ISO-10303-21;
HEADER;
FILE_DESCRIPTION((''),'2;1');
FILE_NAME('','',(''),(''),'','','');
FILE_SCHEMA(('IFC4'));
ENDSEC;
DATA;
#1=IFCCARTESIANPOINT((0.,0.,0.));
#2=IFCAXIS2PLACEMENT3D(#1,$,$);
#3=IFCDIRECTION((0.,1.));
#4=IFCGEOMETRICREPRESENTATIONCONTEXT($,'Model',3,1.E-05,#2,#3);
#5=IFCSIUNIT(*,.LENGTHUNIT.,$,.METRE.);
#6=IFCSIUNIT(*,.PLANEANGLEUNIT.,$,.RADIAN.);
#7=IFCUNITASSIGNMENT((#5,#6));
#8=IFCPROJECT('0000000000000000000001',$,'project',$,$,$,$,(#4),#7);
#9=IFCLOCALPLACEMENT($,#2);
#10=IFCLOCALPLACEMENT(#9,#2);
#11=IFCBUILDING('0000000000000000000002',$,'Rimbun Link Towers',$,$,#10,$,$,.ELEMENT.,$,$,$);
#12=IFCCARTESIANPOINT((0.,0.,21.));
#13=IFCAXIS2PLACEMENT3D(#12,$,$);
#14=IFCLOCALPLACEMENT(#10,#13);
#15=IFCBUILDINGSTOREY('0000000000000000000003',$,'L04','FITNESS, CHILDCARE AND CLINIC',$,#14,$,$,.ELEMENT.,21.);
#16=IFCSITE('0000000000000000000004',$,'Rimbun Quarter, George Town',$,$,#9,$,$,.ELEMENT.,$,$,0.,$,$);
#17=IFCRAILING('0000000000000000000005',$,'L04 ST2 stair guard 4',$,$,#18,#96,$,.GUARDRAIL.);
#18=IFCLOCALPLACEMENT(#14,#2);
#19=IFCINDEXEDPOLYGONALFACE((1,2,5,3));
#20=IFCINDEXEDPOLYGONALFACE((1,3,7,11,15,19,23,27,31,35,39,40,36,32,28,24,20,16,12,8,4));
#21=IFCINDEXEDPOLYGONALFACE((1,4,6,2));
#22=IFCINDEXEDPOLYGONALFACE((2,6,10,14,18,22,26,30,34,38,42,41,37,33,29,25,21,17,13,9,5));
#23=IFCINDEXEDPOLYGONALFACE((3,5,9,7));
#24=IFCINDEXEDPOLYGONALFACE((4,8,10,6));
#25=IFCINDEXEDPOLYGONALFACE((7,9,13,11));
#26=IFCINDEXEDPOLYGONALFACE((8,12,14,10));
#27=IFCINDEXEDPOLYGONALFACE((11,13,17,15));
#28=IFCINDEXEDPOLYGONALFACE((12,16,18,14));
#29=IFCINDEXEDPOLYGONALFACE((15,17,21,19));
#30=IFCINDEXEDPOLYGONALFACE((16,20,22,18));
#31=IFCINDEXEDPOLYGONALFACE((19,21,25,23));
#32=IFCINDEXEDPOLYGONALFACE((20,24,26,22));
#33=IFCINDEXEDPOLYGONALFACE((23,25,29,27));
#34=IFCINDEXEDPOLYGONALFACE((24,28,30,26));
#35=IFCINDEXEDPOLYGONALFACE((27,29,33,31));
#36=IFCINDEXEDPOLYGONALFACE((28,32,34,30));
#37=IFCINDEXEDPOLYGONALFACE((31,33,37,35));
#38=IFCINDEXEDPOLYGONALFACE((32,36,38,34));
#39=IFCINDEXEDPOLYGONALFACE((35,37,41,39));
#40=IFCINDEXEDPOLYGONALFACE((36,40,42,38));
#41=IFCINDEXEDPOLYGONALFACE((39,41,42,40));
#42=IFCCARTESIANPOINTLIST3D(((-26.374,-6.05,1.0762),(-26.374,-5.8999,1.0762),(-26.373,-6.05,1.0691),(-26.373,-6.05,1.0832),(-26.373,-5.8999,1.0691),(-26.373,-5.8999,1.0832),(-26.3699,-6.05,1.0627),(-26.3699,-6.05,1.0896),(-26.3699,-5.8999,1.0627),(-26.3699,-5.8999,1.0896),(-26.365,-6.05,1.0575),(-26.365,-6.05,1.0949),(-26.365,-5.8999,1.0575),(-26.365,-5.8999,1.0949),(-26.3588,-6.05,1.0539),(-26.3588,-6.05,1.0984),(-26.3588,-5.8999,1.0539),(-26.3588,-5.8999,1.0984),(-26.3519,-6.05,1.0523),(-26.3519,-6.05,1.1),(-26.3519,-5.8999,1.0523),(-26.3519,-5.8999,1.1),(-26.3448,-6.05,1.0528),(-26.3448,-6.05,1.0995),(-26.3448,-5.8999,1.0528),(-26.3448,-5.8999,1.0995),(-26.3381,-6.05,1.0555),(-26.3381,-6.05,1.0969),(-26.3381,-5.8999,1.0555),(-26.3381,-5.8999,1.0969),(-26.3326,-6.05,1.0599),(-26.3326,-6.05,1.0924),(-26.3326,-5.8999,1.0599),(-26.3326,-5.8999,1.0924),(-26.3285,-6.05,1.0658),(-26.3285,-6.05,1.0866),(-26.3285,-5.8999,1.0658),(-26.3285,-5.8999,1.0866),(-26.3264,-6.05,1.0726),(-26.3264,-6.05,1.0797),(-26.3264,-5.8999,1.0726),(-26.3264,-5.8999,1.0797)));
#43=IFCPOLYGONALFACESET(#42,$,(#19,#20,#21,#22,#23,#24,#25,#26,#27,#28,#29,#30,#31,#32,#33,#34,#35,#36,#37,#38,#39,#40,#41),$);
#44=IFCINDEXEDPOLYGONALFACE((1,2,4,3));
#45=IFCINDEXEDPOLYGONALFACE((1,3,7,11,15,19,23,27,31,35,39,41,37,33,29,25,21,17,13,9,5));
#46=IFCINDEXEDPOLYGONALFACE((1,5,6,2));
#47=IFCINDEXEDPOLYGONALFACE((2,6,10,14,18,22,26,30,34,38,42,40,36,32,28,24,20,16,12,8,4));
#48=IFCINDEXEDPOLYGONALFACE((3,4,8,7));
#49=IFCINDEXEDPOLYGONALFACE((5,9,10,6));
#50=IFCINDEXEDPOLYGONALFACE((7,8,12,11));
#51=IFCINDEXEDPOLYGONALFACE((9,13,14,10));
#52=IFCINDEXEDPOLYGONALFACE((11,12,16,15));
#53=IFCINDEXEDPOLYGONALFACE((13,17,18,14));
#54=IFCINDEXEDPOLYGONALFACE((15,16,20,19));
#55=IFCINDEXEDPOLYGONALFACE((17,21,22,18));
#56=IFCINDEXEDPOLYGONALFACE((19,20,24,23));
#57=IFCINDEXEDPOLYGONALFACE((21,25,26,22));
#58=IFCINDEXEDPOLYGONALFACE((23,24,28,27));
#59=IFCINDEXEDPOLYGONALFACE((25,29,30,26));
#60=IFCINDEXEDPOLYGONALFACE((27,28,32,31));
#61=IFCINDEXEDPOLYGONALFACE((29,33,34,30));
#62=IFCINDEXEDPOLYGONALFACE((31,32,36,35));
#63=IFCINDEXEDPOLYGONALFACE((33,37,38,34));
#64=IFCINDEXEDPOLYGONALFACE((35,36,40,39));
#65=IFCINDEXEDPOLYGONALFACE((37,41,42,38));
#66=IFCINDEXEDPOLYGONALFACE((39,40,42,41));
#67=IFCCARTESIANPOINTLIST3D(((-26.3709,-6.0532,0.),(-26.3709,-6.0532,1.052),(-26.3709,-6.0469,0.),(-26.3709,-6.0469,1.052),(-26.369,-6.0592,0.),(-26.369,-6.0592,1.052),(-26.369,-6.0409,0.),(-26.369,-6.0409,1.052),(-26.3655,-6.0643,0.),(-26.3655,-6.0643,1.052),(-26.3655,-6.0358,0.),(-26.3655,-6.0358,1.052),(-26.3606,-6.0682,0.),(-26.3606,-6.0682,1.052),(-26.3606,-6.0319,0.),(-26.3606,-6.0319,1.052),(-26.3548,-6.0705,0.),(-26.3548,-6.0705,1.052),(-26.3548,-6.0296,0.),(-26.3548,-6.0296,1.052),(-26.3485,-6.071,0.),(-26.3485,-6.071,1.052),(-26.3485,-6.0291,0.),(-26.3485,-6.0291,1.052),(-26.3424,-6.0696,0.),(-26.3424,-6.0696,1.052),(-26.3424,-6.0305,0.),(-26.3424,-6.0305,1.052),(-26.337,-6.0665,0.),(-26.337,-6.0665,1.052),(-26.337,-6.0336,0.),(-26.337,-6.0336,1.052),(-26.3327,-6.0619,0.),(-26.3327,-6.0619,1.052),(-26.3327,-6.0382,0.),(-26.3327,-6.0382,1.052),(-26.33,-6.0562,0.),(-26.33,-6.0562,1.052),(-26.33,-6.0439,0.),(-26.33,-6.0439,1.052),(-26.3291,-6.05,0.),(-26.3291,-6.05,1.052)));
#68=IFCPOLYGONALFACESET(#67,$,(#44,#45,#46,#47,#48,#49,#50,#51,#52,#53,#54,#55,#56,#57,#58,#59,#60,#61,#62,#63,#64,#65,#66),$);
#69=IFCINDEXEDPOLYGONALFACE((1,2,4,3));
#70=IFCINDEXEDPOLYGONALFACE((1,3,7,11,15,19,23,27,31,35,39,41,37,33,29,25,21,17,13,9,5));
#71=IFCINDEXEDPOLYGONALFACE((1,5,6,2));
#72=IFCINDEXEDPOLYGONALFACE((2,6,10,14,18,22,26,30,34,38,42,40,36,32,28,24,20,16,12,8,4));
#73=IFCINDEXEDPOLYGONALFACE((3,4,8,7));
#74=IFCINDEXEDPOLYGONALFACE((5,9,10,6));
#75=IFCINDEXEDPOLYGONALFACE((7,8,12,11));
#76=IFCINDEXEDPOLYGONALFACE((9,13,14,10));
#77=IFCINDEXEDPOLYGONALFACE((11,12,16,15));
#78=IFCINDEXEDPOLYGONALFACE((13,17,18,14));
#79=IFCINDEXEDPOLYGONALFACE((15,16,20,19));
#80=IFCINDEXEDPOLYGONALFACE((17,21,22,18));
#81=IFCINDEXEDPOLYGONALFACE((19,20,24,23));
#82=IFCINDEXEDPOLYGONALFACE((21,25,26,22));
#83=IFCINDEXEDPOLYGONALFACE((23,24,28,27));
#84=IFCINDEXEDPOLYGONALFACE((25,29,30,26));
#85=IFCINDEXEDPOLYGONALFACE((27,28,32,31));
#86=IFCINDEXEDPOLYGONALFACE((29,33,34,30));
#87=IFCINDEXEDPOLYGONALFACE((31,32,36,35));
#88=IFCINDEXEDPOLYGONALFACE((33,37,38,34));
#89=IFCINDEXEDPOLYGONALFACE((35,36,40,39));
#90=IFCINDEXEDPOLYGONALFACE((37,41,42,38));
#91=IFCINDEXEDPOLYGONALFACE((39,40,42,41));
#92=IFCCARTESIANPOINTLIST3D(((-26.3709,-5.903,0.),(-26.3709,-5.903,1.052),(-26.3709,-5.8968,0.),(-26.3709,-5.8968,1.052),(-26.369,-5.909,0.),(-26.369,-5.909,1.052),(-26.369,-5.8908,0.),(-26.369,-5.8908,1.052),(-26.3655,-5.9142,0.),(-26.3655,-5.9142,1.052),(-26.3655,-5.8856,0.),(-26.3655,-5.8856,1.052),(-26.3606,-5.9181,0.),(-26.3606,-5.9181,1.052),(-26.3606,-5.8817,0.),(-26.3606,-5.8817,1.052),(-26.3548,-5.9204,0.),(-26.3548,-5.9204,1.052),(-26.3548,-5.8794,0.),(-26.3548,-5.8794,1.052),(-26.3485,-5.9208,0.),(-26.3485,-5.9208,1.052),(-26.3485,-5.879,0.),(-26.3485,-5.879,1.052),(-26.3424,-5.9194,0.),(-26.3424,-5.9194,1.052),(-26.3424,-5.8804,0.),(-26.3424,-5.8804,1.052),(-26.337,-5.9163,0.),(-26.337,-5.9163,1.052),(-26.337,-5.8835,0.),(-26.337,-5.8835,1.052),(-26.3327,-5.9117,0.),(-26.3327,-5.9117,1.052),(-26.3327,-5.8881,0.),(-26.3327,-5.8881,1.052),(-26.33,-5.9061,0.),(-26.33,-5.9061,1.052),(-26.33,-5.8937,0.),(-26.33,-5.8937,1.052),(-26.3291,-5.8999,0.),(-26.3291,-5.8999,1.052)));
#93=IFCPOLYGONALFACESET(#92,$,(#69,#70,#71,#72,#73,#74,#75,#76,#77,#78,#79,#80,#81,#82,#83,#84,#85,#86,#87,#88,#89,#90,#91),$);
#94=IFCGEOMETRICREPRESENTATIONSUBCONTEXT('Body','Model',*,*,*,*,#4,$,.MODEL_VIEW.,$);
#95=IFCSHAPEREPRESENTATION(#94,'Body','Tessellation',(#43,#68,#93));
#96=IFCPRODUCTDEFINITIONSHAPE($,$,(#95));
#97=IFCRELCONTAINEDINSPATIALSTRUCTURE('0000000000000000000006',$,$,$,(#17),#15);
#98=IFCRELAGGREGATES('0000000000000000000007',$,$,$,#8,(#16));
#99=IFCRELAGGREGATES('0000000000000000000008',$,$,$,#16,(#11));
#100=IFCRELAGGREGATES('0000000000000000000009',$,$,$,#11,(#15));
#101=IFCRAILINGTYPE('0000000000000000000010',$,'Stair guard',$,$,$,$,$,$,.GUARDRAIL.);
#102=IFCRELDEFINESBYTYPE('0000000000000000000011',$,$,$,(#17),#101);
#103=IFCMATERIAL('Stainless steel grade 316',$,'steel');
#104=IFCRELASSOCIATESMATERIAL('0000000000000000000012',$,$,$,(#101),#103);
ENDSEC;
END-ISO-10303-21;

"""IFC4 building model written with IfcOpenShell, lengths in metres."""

from ifc_helpers import new_model, si_unit, direction, frame, origin, origin_2d, place, context, subcontext, project, spatial, circle, extrude, material, type_object, element, save


model = new_model("IFC4")

# Units and contexts
model_context = context("Model", 3, precision=1e-05, world=origin(), true_north=direction((0.0, 1.0)))
body_context = subcontext(model_context, "Body", "Model", "MODEL_VIEW")
ifc_project = project(units=[si_unit("LENGTHUNIT", "METRE"), si_unit("PLANEANGLEUNIT", "RADIAN")], contexts=[model_context])

# Site, building, storey
site_placement = place(None, origin())
site = spatial("IfcSite", under=ifc_project, at=site_placement, Name="Rimbun Quarter, George Town", CompositionType="ELEMENT", RefElevation=0.0)
building_placement = place(site_placement, origin())
building = spatial("IfcBuilding", under=site, at=building_placement, Name="Rimbun Link Towers", CompositionType="ELEMENT")
storey_placement = place(building_placement, frame((0.0, 0.0, 21.0)))
storey = spatial("IfcBuildingStorey", under=building, at=storey_placement, Name="L04", Description="FITNESS, CHILDCARE AND CLINIC", CompositionType="ELEMENT", Elevation=21.0)

# Railing
ifc_material_1 = material(Name="Stainless steel grade 316", Category="steel")
railing_type_1 = type_object("IfcRailingType", Name="Stair guard", PredefinedType="GUARDRAIL", material=ifc_material_1)
railing_1_placement = place(storey_placement, frame((-26.3501, -6.05, 0.0)))
element("IfcRailing", 1, at=railing_1_placement, inside=storey, type_object=railing_type_1, Name="L04 ST2 stair guard 4", PredefinedType="GUARDRAIL", context=body_context, shape_type="SweptSolid", body=[
    extrude(circle(Radius=0.0239, at=origin_2d()), frame((0.0, 0.0, 1.0762), z_axis=(0.0, 1.0, 0.0), x_axis=(-1.0, 0.0, 0.0)), (0.0, 0.0, 1.0), 0.1501),
    extrude(circle(Radius=0.021, at=origin_2d()), origin(), (0.0, 0.0, 1.0), 1.052),
    extrude(circle(Radius=0.021, at=origin_2d()), frame((0.0, 0.1501, 0.0)), (0.0, 0.0, 1.0), 1.052),
])

save(model, "model.ifc")
